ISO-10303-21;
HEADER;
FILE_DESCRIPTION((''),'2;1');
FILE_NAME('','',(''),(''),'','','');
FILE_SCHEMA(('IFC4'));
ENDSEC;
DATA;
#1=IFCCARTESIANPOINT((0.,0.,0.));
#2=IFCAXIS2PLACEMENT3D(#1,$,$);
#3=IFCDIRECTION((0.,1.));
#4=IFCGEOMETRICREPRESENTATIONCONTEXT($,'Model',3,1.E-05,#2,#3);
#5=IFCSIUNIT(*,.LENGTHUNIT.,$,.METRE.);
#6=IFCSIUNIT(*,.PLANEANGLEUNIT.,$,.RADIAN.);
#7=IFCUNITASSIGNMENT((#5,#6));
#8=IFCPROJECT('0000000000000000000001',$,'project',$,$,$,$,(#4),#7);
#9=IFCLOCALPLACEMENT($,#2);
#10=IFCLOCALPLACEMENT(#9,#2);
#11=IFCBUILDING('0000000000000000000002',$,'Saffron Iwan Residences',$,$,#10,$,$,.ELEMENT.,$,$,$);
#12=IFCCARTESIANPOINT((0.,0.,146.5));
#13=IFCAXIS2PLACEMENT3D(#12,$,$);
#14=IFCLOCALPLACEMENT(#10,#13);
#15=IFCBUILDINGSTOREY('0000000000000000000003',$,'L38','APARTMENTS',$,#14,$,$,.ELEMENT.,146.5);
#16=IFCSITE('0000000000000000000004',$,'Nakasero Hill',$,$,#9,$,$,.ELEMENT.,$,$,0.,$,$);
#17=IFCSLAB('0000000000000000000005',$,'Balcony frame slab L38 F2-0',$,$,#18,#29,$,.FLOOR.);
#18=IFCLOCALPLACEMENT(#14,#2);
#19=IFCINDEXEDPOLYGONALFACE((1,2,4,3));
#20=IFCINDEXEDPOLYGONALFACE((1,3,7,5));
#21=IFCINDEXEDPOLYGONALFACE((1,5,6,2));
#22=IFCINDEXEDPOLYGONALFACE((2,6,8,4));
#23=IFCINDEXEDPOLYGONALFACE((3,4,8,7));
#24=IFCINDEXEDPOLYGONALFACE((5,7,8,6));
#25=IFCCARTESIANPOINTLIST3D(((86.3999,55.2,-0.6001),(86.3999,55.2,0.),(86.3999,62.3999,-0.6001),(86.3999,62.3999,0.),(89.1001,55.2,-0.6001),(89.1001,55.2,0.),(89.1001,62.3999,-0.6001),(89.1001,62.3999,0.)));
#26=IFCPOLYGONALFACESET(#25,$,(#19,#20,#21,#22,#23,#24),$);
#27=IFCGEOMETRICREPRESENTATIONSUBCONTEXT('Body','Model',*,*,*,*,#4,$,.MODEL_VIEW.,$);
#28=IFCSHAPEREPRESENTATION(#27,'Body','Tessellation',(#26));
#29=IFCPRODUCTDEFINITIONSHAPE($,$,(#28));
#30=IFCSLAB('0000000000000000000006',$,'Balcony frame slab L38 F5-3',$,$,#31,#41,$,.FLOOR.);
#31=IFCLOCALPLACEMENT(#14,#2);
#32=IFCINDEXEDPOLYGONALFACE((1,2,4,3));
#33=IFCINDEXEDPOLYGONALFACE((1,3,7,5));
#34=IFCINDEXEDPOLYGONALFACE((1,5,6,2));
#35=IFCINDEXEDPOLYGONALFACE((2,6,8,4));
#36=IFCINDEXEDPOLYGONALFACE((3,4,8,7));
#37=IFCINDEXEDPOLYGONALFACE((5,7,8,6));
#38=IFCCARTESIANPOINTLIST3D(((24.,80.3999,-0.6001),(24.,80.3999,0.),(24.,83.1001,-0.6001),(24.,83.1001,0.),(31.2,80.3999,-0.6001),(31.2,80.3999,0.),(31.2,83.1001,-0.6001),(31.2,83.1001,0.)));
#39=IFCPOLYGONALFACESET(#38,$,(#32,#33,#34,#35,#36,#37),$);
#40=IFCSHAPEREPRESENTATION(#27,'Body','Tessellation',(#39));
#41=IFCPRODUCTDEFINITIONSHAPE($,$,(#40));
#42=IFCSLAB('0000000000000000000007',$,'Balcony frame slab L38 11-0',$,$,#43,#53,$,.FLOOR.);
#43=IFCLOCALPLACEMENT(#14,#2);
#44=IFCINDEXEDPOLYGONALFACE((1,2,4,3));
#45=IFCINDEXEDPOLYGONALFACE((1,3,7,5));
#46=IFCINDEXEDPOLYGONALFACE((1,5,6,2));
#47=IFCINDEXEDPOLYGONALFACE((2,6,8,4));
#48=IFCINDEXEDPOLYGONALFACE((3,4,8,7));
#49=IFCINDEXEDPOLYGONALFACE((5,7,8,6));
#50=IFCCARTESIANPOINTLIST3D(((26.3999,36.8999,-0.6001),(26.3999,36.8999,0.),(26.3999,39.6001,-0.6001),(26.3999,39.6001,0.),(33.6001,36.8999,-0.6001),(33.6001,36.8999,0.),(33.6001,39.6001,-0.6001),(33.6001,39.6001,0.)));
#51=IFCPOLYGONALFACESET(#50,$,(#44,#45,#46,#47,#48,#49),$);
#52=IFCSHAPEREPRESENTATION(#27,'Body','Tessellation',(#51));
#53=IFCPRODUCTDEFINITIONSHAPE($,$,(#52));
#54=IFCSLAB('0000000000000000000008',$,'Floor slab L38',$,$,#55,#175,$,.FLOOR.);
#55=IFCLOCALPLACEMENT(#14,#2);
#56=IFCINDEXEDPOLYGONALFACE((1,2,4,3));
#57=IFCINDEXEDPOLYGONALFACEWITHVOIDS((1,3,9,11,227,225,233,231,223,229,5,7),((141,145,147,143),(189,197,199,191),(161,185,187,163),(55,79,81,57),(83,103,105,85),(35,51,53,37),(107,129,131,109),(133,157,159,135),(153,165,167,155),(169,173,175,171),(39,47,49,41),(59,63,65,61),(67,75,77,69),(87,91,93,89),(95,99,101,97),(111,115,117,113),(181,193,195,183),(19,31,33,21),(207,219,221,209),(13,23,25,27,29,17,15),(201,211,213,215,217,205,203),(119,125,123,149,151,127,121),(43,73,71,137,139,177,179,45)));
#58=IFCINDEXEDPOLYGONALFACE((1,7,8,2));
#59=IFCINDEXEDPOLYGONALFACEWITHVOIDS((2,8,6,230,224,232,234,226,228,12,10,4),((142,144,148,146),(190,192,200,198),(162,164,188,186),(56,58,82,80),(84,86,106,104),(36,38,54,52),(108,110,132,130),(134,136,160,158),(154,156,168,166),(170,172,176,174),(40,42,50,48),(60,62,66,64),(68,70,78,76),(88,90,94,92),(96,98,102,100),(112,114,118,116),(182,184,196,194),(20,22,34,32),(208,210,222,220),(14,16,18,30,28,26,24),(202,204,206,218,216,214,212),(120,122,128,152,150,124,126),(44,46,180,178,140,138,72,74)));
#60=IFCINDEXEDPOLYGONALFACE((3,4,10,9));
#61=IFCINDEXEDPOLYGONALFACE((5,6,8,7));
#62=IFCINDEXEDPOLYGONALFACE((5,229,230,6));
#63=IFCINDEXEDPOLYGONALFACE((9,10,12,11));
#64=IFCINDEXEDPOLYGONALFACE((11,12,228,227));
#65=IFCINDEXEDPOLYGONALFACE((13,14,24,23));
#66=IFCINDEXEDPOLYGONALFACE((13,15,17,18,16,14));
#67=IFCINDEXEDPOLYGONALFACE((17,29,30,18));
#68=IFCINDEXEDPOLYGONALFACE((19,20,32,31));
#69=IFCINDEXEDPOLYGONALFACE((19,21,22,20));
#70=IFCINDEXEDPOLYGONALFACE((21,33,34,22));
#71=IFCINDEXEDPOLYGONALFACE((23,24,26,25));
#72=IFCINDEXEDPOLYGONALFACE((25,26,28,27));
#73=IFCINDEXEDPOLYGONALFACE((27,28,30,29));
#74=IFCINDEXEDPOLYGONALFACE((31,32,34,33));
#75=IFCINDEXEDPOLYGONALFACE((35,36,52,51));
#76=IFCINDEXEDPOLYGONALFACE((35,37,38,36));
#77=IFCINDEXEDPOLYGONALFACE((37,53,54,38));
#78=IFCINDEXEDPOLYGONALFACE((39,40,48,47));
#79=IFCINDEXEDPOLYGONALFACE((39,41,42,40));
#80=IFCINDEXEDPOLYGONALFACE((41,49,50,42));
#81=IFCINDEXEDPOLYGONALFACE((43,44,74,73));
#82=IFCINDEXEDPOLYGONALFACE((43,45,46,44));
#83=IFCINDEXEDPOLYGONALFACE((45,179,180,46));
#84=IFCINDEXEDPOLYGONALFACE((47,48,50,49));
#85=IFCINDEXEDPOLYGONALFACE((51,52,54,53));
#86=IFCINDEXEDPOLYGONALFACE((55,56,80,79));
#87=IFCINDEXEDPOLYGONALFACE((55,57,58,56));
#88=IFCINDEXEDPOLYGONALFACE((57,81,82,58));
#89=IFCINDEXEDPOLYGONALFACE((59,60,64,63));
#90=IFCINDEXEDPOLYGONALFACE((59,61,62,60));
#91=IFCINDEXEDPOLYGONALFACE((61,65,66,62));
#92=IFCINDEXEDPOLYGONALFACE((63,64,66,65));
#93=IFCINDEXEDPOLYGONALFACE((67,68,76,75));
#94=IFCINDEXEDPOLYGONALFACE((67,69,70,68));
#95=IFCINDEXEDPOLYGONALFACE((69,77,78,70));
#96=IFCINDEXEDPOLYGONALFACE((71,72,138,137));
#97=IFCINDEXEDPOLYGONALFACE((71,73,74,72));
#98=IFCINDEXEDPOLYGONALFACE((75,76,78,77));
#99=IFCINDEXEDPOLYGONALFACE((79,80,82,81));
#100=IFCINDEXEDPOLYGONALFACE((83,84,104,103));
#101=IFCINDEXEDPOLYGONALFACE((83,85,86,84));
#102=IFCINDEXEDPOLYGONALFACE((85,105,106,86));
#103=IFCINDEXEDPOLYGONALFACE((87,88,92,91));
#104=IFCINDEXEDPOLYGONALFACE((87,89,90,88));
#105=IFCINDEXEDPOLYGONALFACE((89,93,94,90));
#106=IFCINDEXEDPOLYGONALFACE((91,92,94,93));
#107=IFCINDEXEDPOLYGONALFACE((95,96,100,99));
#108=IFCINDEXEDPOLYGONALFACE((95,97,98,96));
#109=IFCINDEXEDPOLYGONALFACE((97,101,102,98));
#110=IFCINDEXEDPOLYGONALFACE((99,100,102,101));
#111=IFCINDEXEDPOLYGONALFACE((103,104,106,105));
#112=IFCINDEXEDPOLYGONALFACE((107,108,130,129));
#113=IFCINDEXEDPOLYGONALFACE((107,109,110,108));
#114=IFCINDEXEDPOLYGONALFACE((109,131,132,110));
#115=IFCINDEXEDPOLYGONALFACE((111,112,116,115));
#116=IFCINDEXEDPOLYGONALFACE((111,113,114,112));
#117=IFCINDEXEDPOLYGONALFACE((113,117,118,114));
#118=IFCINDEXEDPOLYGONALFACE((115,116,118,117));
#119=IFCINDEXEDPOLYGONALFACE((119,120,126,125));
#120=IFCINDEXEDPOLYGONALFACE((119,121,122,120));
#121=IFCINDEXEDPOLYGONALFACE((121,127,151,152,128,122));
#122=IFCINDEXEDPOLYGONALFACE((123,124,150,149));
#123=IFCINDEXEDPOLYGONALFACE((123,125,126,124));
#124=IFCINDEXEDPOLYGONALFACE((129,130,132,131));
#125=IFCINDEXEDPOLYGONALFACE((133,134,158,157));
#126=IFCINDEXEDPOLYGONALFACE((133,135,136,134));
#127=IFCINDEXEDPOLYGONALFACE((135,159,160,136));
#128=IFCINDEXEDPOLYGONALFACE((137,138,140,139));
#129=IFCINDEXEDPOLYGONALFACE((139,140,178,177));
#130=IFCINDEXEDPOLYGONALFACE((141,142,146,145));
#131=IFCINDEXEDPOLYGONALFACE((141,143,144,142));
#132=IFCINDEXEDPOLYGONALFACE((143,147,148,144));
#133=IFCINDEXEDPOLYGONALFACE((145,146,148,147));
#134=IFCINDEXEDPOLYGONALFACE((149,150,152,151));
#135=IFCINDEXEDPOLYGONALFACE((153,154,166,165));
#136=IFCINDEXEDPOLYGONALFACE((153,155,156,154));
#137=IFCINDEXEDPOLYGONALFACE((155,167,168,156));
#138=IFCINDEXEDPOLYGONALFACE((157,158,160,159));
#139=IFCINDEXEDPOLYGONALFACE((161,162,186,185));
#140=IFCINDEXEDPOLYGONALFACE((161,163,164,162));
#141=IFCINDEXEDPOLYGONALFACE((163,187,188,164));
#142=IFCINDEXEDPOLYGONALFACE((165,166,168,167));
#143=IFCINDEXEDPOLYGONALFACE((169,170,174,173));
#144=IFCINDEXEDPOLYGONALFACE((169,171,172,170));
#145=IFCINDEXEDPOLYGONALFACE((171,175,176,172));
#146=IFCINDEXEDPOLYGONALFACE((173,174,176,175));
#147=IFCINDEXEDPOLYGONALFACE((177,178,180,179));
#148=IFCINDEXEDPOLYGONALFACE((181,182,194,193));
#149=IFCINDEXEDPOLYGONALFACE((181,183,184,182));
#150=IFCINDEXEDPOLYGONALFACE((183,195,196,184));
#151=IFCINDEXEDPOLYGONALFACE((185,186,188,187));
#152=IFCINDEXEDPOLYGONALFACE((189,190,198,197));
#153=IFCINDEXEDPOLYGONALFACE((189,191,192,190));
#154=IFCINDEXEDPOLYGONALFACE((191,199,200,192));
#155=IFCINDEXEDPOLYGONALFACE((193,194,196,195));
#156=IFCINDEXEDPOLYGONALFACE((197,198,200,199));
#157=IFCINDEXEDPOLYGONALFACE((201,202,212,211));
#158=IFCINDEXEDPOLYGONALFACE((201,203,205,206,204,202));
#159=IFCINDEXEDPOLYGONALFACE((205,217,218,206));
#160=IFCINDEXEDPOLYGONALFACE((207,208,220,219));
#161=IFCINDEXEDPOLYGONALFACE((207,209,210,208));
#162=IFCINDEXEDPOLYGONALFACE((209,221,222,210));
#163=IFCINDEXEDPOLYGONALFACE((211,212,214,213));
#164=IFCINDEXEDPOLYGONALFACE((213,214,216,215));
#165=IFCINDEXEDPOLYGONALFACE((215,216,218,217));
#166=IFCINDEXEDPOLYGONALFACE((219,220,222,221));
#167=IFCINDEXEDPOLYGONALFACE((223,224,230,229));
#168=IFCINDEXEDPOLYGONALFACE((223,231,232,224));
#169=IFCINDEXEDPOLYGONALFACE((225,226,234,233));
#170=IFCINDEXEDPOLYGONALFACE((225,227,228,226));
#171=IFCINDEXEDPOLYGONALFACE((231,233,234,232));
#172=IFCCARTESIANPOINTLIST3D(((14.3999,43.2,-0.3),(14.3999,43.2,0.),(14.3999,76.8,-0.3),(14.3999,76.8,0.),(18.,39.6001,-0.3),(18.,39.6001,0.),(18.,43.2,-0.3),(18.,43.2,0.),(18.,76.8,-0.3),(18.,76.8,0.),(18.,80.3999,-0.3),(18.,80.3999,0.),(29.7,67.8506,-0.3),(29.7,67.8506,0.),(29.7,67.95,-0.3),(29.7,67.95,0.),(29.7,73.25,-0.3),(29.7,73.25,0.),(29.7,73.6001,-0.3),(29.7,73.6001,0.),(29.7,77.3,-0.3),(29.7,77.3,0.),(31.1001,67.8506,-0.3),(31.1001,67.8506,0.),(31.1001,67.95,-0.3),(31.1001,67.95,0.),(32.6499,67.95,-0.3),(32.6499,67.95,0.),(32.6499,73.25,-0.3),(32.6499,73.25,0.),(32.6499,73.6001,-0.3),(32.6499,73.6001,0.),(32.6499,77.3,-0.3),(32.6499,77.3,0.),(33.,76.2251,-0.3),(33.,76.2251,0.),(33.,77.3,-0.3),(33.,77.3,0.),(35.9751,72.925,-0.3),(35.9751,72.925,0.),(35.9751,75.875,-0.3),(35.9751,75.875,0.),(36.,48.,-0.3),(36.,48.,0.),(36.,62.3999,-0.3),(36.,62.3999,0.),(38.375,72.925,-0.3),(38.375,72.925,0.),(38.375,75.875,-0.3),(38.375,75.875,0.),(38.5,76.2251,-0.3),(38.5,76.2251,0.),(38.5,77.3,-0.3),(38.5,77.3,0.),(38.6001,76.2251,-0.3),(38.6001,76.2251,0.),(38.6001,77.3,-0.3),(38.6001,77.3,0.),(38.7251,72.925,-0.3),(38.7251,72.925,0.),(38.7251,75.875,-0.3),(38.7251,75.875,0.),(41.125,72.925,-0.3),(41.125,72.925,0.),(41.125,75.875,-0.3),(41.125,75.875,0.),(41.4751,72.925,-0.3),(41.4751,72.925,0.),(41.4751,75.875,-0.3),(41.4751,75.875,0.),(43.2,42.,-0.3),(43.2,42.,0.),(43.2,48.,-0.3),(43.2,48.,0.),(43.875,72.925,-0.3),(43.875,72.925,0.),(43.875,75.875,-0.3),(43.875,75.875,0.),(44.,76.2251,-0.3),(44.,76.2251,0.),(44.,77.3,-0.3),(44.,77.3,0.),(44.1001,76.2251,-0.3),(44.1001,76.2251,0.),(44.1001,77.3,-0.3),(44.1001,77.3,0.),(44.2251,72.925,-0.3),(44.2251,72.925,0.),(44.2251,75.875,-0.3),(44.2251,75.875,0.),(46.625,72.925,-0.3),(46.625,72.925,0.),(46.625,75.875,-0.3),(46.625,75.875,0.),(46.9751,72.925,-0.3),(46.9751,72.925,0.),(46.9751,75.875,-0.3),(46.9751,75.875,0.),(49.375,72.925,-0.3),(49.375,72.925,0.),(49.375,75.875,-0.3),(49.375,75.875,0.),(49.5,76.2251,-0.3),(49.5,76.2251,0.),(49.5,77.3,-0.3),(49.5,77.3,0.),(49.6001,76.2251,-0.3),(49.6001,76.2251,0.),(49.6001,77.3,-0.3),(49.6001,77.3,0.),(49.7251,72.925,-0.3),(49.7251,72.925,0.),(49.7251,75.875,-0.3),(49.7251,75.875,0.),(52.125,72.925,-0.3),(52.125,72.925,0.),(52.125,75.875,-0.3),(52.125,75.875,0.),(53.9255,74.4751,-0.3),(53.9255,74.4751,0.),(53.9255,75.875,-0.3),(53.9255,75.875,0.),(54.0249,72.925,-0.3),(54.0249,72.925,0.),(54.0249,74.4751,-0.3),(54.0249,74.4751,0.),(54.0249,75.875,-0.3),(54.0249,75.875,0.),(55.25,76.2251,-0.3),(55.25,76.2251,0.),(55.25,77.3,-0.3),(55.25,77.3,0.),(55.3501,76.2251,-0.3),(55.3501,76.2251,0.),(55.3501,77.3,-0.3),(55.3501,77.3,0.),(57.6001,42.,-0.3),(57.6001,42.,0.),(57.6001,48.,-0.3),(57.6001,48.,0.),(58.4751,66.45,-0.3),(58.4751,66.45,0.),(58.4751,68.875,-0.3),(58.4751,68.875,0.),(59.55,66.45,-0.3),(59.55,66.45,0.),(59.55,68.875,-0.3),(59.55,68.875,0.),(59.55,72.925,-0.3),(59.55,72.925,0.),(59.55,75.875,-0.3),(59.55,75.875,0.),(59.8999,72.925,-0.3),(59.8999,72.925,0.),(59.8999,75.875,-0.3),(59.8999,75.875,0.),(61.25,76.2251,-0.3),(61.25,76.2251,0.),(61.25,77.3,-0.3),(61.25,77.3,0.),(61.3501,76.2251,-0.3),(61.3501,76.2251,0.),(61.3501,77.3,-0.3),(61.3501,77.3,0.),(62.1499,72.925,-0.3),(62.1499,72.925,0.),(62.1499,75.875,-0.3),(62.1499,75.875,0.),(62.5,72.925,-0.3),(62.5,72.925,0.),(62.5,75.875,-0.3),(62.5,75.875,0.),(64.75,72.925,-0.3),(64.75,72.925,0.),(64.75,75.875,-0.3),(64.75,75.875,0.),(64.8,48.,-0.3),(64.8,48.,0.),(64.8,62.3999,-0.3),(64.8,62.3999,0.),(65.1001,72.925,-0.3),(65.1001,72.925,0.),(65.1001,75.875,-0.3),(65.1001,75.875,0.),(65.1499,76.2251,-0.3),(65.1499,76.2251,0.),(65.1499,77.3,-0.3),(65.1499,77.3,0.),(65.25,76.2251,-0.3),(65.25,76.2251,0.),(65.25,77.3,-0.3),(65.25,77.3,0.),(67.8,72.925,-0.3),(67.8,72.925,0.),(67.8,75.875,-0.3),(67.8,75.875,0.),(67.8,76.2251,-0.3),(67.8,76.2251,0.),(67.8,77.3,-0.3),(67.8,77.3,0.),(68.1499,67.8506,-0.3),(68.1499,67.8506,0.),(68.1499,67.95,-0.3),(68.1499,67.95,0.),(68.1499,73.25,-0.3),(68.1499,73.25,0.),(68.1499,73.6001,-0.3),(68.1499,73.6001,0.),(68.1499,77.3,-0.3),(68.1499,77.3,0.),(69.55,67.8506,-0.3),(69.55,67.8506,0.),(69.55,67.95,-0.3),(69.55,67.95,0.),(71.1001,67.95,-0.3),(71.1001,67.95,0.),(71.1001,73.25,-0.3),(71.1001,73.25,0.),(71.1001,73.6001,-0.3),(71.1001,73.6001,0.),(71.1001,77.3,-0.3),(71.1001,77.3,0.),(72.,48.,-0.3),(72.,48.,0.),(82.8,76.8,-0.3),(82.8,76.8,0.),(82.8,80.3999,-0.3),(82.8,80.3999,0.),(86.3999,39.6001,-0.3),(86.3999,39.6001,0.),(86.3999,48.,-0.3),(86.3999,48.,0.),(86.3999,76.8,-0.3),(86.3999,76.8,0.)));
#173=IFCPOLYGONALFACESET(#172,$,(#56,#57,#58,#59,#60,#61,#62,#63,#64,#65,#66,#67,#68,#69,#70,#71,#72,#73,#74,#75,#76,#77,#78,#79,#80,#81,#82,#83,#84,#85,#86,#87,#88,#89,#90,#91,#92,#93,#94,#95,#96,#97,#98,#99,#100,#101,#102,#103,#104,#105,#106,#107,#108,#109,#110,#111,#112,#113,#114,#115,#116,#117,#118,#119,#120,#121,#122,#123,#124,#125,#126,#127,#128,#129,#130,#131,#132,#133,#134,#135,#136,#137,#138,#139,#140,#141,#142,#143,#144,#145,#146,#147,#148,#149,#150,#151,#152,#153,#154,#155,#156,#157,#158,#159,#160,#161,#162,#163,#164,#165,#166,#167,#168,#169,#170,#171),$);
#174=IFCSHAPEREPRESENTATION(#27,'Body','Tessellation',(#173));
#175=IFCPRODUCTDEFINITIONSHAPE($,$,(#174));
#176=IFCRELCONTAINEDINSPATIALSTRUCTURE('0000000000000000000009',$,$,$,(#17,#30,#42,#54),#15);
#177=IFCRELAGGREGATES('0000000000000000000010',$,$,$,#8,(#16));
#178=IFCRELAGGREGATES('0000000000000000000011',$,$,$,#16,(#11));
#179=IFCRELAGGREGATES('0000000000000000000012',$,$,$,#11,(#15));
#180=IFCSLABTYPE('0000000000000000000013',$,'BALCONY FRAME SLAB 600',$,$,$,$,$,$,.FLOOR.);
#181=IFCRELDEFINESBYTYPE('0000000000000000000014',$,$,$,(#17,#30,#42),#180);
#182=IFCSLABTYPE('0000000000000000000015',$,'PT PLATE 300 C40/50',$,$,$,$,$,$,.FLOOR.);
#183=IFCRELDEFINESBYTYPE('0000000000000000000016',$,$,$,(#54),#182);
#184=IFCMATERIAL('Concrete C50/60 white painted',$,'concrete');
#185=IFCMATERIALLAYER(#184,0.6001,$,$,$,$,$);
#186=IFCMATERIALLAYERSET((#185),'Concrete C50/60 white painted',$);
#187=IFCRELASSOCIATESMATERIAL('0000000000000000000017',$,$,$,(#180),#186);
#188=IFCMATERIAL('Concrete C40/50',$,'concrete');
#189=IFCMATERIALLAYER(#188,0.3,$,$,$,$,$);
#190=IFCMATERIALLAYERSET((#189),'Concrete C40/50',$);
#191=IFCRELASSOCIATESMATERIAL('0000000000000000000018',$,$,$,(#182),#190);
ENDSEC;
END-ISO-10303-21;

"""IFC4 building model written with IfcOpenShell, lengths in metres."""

from ifc_helpers import new_model, si_unit, direction, frame, origin, place, context, subcontext, project, spatial, polyline, outline, extrude, material, layer, layer_set, type_object, element, save


model = new_model("IFC4")

# Units and contexts
model_context = context("Model", 3, precision=1e-05, world=origin(), true_north=direction((0.0, 1.0)))
body_context = subcontext(model_context, "Body", "Model", "MODEL_VIEW")
ifc_project = project(units=[si_unit("LENGTHUNIT", "METRE"), si_unit("PLANEANGLEUNIT", "RADIAN")], contexts=[model_context])

# Site, building, storey
site_placement = place(None, origin())
site = spatial("IfcSite", under=ifc_project, at=site_placement, Name="Nakasero Hill", CompositionType="ELEMENT", RefElevation=0.0)
building_placement = place(site_placement, origin())
building = spatial("IfcBuilding", under=site, at=building_placement, Name="Saffron Iwan Residences", CompositionType="ELEMENT")
storey_placement = place(building_placement, frame((0.0, 0.0, 146.5)))
storey = spatial("IfcBuildingStorey", under=building, at=storey_placement, Name="L38", Description="APARTMENTS", CompositionType="ELEMENT", Elevation=146.5)

# Slabs
ifc_material_1 = material(Name="Concrete C50/60 white painted", Category="concrete")
ifc_layer_1 = layer(ifc_material_1, 0.6001)
ifc_layer_set_1 = layer_set([ifc_layer_1], Name="Concrete C50/60 white painted")
slab_type_1 = type_object("IfcSlabType", Name="BALCONY FRAME SLAB 600", PredefinedType="FLOOR", material=ifc_layer_set_1)
slab_1_placement = place(storey_placement, frame((0.0, 0.0, -0.6001)))
element("IfcSlab", 1, at=slab_1_placement, inside=storey, type_object=slab_type_1, Name="Balcony frame slab L38 F2-0", PredefinedType="FLOOR", context=body_context, shape_type="SweptSolid", body=[
    extrude(outline(polyline([(89.1001, 55.2), (89.1001, 62.3999), (86.3999, 62.3999), (86.3999, 55.2), (89.1001, 55.2)])), origin(), (0.0, 0.0, 1.0), 0.6001),
])
slab_2_placement = place(storey_placement, frame((0.0, 0.0, -0.6001)))
element("IfcSlab", 2, at=slab_2_placement, inside=storey, type_object=slab_type_1, Name="Balcony frame slab L38 F5-3", PredefinedType="FLOOR", context=body_context, shape_type="SweptSolid", body=[
    extrude(outline(polyline([(31.2, 83.1001), (24.0, 83.1001), (24.0, 80.3999), (31.2, 80.3999), (31.2, 83.1001)])), origin(), (0.0, 0.0, 1.0), 0.6001),
])
slab_3_placement = place(storey_placement, frame((0.0, 0.0, -0.6001)))
element("IfcSlab", 3, at=slab_3_placement, inside=storey, type_object=slab_type_1, Name="Balcony frame slab L38 11-0", PredefinedType="FLOOR", context=body_context, shape_type="SweptSolid", body=[
    extrude(outline(polyline([(26.3999, 36.8999), (33.6001, 36.8999), (33.6001, 39.6001), (26.3999, 39.6001), (26.3999, 36.8999)])), origin(), (0.0, 0.0, 1.0), 0.6001),
])
ifc_material_2 = material(Name="Concrete C40/50", Category="concrete")
ifc_layer_2 = layer(ifc_material_2, 0.3)
ifc_layer_set_2 = layer_set([ifc_layer_2], Name="Concrete C40/50")
slab_type_2 = type_object("IfcSlabType", Name="PT PLATE 300 C40/50", PredefinedType="FLOOR", material=ifc_layer_set_2)
slab_4_placement = place(storey_placement, frame((0.0, 0.0, -0.3)))
element("IfcSlab", 4, at=slab_4_placement, inside=storey, type_object=slab_type_2, Name="Floor slab L38", PredefinedType="FLOOR", context=body_context, shape_type="SweptSolid", body=[
    extrude(outline(polyline([(14.3999, 43.2), (14.3999, 76.8), (18.0, 76.8), (18.0, 80.3999), (82.8, 80.3999), (82.8, 76.8), (86.3999, 76.8), (86.3999, 48.0), (72.0, 48.0), (86.3999, 39.6001), (18.0, 39.6001), (18.0, 43.2), (14.3999, 43.2)]), holes=[polyline([(64.8, 48.0), (64.8, 62.3999), (36.0, 62.3999), (36.0, 48.0), (43.2, 48.0), (43.2, 42.0), (57.6001, 42.0), (57.6001, 48.0), (64.8, 48.0)]), polyline([(29.7, 73.25), (29.7, 67.95), (29.7, 67.8506), (31.1001, 67.8506), (31.1001, 67.95), (32.6499, 67.95), (32.6499, 73.25), (29.7, 73.25)]), polyline([(38.375, 75.875), (35.9751, 75.875), (35.9751, 72.925), (38.375, 72.925), (38.375, 75.875)]), polyline([(41.125, 75.875), (38.7251, 75.875), (38.7251, 72.925), (41.125, 72.925), (41.125, 75.875)]), polyline([(43.875, 72.925), (43.875, 75.875), (41.4751, 75.875), (41.4751, 72.925), (43.875, 72.925)]), polyline([(46.625, 72.925), (46.625, 75.875), (44.2251, 75.875), (44.2251, 72.925), (46.625, 72.925)]), polyline([(49.375, 75.875), (46.9751, 75.875), (46.9751, 72.925), (49.375, 72.925), (49.375, 75.875)]), polyline([(52.125, 72.925), (52.125, 75.875), (49.7251, 75.875), (49.7251, 72.925), (52.125, 72.925)]), polyline([(32.6499, 73.6001), (32.6499, 77.3), (29.7, 77.3), (29.7, 73.6001), (32.6499, 73.6001)]), polyline([(38.5, 77.3), (33.0, 77.3), (33.0, 76.2251), (38.5, 76.2251), (38.5, 77.3)]), polyline([(44.0, 76.2251), (44.0, 77.3), (38.6001, 77.3), (38.6001, 76.2251), (44.0, 76.2251)]), polyline([(49.5, 76.2251), (49.5, 77.3), (44.1001, 77.3), (44.1001, 76.2251), (49.5, 76.2251)]), polyline([(59.55, 68.875), (58.4751, 68.875), (58.4751, 66.45), (59.55, 66.45), (59.55, 68.875)]), polyline([(68.1499, 73.25), (68.1499, 67.95), (68.1499, 67.8506), (69.55, 67.8506), (69.55, 67.95), (71.1001, 67.95), (71.1001, 73.25), (68.1499, 73.25)]), polyline([(54.0249, 74.4751), (54.0249, 72.925), (59.55, 72.925), (59.55, 75.875), (54.0249, 75.875), (53.9255, 75.875), (53.9255, 74.4751), (54.0249, 74.4751)]), polyline([(62.1499, 72.925), (62.1499, 75.875), (59.8999, 75.875), (59.8999, 72.925), (62.1499, 72.925)]), polyline([(64.75, 72.925), (64.75, 75.875), (62.5, 75.875), (62.5, 72.925), (64.75, 72.925)]), polyline([(67.8, 75.875), (65.1001, 75.875), (65.1001, 72.925), (67.8, 72.925), (67.8, 75.875)]), polyline([(71.1001, 73.6001), (71.1001, 77.3), (68.1499, 77.3), (68.1499, 73.6001), (71.1001, 73.6001)]), polyline([(55.25, 76.2251), (55.25, 77.3), (49.6001, 77.3), (49.6001, 76.2251), (55.25, 76.2251)]), polyline([(61.25, 77.3), (55.3501, 77.3), (55.3501, 76.2251), (61.25, 76.2251), (61.25, 77.3)]), polyline([(65.1499, 76.2251), (65.1499, 77.3), (61.3501, 77.3), (61.3501, 76.2251), (65.1499, 76.2251)]), polyline([(67.8, 76.2251), (67.8, 77.3), (65.25, 77.3), (65.25, 76.2251), (67.8, 76.2251)])]), origin(), (0.0, 0.0, 1.0), 0.3),
])

save(model, "model.ifc")
